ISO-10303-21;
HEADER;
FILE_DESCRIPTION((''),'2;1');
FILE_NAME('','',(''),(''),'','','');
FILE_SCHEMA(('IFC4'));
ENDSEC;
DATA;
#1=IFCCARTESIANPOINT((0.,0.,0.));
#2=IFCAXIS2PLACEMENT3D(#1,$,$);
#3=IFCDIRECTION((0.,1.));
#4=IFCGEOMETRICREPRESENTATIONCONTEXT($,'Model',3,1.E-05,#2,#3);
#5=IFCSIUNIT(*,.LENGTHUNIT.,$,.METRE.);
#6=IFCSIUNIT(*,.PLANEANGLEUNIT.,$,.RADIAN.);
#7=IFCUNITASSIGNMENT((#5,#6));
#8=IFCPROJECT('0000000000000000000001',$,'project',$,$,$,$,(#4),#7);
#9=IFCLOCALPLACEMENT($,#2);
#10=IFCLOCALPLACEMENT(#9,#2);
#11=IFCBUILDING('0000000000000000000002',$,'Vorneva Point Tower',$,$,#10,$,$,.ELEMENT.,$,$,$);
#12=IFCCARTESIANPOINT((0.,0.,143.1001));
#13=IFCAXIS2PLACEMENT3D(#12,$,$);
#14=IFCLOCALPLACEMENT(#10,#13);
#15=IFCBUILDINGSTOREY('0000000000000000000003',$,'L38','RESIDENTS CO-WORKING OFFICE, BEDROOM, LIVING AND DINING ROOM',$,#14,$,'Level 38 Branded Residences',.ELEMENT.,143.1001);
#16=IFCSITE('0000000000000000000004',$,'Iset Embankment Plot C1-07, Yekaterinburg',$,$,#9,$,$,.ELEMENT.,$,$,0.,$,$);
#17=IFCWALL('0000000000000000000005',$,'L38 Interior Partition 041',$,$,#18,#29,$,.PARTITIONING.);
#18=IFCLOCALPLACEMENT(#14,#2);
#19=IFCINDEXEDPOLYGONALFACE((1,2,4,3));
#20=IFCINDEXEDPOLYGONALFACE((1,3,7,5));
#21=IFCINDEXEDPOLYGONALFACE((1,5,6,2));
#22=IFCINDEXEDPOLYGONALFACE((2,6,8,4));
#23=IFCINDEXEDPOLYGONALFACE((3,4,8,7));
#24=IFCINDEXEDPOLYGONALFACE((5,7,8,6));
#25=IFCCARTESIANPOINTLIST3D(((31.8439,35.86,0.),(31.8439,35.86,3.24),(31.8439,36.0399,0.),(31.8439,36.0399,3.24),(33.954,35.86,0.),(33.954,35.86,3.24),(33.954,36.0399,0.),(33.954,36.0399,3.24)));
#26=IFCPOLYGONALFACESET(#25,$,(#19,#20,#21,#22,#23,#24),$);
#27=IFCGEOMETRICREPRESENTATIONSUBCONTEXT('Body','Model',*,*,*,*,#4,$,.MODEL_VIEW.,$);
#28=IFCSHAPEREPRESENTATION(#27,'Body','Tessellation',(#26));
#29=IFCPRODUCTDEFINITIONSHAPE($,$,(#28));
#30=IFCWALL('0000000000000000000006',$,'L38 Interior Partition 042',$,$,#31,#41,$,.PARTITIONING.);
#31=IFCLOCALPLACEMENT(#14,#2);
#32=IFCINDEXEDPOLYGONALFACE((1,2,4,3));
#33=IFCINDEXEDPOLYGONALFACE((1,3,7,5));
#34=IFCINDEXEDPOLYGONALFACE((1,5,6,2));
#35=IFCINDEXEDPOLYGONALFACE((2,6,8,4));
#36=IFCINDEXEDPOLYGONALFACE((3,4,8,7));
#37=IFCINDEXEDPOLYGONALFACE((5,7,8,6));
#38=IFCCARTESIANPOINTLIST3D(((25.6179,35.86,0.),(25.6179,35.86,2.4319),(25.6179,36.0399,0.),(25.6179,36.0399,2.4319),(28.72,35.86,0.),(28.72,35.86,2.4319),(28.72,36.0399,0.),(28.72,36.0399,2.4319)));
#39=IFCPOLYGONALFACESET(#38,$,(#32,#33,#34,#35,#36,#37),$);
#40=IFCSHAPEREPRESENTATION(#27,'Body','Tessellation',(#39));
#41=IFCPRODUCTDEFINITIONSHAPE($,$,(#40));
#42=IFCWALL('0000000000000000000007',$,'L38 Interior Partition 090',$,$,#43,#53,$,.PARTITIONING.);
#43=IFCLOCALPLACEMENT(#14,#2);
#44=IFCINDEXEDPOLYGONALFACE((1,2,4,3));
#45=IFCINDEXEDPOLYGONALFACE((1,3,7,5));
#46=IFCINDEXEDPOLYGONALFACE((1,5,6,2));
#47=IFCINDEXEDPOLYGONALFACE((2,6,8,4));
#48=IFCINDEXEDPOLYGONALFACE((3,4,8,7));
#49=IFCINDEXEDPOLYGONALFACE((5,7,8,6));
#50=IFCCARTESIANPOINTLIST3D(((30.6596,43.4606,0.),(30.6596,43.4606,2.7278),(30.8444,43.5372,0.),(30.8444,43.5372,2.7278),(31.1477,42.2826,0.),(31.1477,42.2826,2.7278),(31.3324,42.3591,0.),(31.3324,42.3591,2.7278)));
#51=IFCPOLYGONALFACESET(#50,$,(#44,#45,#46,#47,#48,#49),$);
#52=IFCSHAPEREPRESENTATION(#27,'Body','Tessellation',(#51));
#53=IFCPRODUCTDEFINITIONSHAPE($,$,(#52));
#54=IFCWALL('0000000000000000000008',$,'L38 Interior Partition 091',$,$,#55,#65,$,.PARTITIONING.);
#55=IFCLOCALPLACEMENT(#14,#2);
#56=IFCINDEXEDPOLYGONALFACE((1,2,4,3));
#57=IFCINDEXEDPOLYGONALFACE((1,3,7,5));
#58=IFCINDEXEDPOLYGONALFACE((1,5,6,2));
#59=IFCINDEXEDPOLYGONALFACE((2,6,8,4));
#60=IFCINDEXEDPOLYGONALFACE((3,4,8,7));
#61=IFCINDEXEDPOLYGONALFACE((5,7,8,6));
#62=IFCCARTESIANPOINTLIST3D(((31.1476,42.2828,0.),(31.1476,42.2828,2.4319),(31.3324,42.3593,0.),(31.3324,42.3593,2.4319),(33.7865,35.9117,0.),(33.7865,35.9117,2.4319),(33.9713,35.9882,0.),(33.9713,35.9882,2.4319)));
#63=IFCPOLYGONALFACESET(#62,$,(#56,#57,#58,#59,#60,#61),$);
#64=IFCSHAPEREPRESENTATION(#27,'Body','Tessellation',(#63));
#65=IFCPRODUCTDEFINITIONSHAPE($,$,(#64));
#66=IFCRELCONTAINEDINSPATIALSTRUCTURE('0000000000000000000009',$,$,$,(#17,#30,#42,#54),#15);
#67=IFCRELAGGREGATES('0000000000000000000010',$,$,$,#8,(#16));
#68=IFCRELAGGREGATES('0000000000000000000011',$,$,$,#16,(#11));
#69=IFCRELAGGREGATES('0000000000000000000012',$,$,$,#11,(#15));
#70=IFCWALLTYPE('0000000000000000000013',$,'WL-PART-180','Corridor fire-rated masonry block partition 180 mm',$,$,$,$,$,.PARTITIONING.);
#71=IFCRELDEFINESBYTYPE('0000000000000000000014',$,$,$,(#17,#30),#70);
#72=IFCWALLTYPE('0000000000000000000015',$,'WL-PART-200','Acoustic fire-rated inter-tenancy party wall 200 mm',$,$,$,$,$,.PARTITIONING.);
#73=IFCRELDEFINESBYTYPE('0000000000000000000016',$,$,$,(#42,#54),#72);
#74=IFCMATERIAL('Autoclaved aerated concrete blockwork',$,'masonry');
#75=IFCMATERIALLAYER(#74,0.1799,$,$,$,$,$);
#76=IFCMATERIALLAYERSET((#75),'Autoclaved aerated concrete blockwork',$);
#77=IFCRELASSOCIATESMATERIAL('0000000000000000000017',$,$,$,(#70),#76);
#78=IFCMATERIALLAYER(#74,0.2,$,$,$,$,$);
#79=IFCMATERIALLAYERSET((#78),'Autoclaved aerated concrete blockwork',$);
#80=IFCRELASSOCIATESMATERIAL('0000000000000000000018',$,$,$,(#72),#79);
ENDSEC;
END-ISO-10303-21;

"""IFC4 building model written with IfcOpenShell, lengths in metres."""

from ifc_helpers import new_model, si_unit, direction, frame, frame_2d, origin, place, context, subcontext, project, spatial, rectangle, extrude, material, layer, layer_set, type_object, element, save


model = new_model("IFC4")

# Units and contexts
model_context = context("Model", 3, precision=1e-05, world=origin(), true_north=direction((0.0, 1.0)))
body_context = subcontext(model_context, "Body", "Model", "MODEL_VIEW")
ifc_project = project(units=[si_unit("LENGTHUNIT", "METRE"), si_unit("PLANEANGLEUNIT", "RADIAN")], contexts=[model_context])

# Site, building, storey
site_placement = place(None, origin())
site = spatial("IfcSite", under=ifc_project, at=site_placement, Name="Iset Embankment Plot C1-07, Yekaterinburg", CompositionType="ELEMENT", RefElevation=0.0)
building_placement = place(site_placement, origin())
building = spatial("IfcBuilding", under=site, at=building_placement, Name="Vorneva Point Tower", CompositionType="ELEMENT")
storey_placement = place(building_placement, frame((0.0, 0.0, 143.1001)))
storey = spatial("IfcBuildingStorey", under=building, at=storey_placement, Name="L38", Description="RESIDENTS CO-WORKING OFFICE, BEDROOM, LIVING AND DINING ROOM", LongName="Level 38 Branded Residences", CompositionType="ELEMENT", Elevation=143.1001)

# Shared definitions
ifc_material_1 = material(Name="Autoclaved aerated concrete blockwork", Category="masonry")
ifc_layer_1 = layer(ifc_material_1, 0.1799)
ifc_layer_set_1 = layer_set([ifc_layer_1], Name="Autoclaved aerated concrete blockwork")
wall_type_1 = type_object("IfcWallType", Name="WL-PART-180", Description="Corridor fire-rated masonry block partition 180 mm", PredefinedType="PARTITIONING", material=ifc_layer_set_1)

# Walls
wall_1_placement = place(storey_placement, frame((33.9541, 35.95, 0.0), z_axis=(0.0, 0.0, 1.0), x_axis=(-1.0, 0.0, 0.0)))
element("IfcWall", 1, at=wall_1_placement, inside=storey, type_object=wall_type_1, Name="L38 Interior Partition 041", PredefinedType="PARTITIONING", context=body_context, shape_type="SweptSolid", body=[
    extrude(rectangle(XDim=2.1101, YDim=0.1799, at=frame_2d((1.0552, 0.0))), origin(), (0.0, 0.0, 1.0), 3.24),
])
wall_2_placement = place(storey_placement, frame((28.72, 35.95, 0.0), z_axis=(0.0, 0.0, 1.0), x_axis=(-1.0, 0.0, 0.0)))
element("IfcWall", 2, at=wall_2_placement, inside=storey, type_object=wall_type_1, Name="L38 Interior Partition 042", PredefinedType="PARTITIONING", context=body_context, shape_type="SweptSolid", body=[
    extrude(rectangle(XDim=3.1021, YDim=0.1799, at=frame_2d((1.551, 0.0))), origin(), (0.0, 0.0, 1.0), 2.4319),
])
ifc_layer_2 = layer(ifc_material_1, 0.2)
ifc_layer_set_2 = layer_set([ifc_layer_2], Name="Autoclaved aerated concrete blockwork")
wall_type_2 = type_object("IfcWallType", Name="WL-PART-200", Description="Acoustic fire-rated inter-tenancy party wall 200 mm", PredefinedType="PARTITIONING", material=ifc_layer_set_2)
wall_3_placement = place(storey_placement, frame((30.752, 43.499, 0.0), z_axis=(0.0, 0.0, 1.0), x_axis=(0.382752, -0.923851, 0.0)))
element("IfcWall", 3, at=wall_3_placement, inside=storey, type_object=wall_type_2, Name="L38 Interior Partition 090", PredefinedType="PARTITIONING", context=body_context, shape_type="SweptSolid", body=[
    extrude(rectangle(XDim=1.2751, YDim=0.2, at=frame_2d((0.6377, 0.0))), origin(), (0.0, 0.0, 1.0), 2.7278),
])
wall_4_placement = place(storey_placement, frame((31.24, 42.321, 0.0), z_axis=(0.0, 0.0, 1.0), x_axis=(0.382674, -0.923884, 0.0)))
element("IfcWall", 4, at=wall_4_placement, inside=storey, type_object=wall_type_2, Name="L38 Interior Partition 091", PredefinedType="PARTITIONING", context=body_context, shape_type="SweptSolid", body=[
    extrude(rectangle(XDim=6.896, YDim=0.2, at=frame_2d((3.448, 0.0))), origin(), (0.0, 0.0, 1.0), 2.4319),
])

save(model, "model.ifc")
